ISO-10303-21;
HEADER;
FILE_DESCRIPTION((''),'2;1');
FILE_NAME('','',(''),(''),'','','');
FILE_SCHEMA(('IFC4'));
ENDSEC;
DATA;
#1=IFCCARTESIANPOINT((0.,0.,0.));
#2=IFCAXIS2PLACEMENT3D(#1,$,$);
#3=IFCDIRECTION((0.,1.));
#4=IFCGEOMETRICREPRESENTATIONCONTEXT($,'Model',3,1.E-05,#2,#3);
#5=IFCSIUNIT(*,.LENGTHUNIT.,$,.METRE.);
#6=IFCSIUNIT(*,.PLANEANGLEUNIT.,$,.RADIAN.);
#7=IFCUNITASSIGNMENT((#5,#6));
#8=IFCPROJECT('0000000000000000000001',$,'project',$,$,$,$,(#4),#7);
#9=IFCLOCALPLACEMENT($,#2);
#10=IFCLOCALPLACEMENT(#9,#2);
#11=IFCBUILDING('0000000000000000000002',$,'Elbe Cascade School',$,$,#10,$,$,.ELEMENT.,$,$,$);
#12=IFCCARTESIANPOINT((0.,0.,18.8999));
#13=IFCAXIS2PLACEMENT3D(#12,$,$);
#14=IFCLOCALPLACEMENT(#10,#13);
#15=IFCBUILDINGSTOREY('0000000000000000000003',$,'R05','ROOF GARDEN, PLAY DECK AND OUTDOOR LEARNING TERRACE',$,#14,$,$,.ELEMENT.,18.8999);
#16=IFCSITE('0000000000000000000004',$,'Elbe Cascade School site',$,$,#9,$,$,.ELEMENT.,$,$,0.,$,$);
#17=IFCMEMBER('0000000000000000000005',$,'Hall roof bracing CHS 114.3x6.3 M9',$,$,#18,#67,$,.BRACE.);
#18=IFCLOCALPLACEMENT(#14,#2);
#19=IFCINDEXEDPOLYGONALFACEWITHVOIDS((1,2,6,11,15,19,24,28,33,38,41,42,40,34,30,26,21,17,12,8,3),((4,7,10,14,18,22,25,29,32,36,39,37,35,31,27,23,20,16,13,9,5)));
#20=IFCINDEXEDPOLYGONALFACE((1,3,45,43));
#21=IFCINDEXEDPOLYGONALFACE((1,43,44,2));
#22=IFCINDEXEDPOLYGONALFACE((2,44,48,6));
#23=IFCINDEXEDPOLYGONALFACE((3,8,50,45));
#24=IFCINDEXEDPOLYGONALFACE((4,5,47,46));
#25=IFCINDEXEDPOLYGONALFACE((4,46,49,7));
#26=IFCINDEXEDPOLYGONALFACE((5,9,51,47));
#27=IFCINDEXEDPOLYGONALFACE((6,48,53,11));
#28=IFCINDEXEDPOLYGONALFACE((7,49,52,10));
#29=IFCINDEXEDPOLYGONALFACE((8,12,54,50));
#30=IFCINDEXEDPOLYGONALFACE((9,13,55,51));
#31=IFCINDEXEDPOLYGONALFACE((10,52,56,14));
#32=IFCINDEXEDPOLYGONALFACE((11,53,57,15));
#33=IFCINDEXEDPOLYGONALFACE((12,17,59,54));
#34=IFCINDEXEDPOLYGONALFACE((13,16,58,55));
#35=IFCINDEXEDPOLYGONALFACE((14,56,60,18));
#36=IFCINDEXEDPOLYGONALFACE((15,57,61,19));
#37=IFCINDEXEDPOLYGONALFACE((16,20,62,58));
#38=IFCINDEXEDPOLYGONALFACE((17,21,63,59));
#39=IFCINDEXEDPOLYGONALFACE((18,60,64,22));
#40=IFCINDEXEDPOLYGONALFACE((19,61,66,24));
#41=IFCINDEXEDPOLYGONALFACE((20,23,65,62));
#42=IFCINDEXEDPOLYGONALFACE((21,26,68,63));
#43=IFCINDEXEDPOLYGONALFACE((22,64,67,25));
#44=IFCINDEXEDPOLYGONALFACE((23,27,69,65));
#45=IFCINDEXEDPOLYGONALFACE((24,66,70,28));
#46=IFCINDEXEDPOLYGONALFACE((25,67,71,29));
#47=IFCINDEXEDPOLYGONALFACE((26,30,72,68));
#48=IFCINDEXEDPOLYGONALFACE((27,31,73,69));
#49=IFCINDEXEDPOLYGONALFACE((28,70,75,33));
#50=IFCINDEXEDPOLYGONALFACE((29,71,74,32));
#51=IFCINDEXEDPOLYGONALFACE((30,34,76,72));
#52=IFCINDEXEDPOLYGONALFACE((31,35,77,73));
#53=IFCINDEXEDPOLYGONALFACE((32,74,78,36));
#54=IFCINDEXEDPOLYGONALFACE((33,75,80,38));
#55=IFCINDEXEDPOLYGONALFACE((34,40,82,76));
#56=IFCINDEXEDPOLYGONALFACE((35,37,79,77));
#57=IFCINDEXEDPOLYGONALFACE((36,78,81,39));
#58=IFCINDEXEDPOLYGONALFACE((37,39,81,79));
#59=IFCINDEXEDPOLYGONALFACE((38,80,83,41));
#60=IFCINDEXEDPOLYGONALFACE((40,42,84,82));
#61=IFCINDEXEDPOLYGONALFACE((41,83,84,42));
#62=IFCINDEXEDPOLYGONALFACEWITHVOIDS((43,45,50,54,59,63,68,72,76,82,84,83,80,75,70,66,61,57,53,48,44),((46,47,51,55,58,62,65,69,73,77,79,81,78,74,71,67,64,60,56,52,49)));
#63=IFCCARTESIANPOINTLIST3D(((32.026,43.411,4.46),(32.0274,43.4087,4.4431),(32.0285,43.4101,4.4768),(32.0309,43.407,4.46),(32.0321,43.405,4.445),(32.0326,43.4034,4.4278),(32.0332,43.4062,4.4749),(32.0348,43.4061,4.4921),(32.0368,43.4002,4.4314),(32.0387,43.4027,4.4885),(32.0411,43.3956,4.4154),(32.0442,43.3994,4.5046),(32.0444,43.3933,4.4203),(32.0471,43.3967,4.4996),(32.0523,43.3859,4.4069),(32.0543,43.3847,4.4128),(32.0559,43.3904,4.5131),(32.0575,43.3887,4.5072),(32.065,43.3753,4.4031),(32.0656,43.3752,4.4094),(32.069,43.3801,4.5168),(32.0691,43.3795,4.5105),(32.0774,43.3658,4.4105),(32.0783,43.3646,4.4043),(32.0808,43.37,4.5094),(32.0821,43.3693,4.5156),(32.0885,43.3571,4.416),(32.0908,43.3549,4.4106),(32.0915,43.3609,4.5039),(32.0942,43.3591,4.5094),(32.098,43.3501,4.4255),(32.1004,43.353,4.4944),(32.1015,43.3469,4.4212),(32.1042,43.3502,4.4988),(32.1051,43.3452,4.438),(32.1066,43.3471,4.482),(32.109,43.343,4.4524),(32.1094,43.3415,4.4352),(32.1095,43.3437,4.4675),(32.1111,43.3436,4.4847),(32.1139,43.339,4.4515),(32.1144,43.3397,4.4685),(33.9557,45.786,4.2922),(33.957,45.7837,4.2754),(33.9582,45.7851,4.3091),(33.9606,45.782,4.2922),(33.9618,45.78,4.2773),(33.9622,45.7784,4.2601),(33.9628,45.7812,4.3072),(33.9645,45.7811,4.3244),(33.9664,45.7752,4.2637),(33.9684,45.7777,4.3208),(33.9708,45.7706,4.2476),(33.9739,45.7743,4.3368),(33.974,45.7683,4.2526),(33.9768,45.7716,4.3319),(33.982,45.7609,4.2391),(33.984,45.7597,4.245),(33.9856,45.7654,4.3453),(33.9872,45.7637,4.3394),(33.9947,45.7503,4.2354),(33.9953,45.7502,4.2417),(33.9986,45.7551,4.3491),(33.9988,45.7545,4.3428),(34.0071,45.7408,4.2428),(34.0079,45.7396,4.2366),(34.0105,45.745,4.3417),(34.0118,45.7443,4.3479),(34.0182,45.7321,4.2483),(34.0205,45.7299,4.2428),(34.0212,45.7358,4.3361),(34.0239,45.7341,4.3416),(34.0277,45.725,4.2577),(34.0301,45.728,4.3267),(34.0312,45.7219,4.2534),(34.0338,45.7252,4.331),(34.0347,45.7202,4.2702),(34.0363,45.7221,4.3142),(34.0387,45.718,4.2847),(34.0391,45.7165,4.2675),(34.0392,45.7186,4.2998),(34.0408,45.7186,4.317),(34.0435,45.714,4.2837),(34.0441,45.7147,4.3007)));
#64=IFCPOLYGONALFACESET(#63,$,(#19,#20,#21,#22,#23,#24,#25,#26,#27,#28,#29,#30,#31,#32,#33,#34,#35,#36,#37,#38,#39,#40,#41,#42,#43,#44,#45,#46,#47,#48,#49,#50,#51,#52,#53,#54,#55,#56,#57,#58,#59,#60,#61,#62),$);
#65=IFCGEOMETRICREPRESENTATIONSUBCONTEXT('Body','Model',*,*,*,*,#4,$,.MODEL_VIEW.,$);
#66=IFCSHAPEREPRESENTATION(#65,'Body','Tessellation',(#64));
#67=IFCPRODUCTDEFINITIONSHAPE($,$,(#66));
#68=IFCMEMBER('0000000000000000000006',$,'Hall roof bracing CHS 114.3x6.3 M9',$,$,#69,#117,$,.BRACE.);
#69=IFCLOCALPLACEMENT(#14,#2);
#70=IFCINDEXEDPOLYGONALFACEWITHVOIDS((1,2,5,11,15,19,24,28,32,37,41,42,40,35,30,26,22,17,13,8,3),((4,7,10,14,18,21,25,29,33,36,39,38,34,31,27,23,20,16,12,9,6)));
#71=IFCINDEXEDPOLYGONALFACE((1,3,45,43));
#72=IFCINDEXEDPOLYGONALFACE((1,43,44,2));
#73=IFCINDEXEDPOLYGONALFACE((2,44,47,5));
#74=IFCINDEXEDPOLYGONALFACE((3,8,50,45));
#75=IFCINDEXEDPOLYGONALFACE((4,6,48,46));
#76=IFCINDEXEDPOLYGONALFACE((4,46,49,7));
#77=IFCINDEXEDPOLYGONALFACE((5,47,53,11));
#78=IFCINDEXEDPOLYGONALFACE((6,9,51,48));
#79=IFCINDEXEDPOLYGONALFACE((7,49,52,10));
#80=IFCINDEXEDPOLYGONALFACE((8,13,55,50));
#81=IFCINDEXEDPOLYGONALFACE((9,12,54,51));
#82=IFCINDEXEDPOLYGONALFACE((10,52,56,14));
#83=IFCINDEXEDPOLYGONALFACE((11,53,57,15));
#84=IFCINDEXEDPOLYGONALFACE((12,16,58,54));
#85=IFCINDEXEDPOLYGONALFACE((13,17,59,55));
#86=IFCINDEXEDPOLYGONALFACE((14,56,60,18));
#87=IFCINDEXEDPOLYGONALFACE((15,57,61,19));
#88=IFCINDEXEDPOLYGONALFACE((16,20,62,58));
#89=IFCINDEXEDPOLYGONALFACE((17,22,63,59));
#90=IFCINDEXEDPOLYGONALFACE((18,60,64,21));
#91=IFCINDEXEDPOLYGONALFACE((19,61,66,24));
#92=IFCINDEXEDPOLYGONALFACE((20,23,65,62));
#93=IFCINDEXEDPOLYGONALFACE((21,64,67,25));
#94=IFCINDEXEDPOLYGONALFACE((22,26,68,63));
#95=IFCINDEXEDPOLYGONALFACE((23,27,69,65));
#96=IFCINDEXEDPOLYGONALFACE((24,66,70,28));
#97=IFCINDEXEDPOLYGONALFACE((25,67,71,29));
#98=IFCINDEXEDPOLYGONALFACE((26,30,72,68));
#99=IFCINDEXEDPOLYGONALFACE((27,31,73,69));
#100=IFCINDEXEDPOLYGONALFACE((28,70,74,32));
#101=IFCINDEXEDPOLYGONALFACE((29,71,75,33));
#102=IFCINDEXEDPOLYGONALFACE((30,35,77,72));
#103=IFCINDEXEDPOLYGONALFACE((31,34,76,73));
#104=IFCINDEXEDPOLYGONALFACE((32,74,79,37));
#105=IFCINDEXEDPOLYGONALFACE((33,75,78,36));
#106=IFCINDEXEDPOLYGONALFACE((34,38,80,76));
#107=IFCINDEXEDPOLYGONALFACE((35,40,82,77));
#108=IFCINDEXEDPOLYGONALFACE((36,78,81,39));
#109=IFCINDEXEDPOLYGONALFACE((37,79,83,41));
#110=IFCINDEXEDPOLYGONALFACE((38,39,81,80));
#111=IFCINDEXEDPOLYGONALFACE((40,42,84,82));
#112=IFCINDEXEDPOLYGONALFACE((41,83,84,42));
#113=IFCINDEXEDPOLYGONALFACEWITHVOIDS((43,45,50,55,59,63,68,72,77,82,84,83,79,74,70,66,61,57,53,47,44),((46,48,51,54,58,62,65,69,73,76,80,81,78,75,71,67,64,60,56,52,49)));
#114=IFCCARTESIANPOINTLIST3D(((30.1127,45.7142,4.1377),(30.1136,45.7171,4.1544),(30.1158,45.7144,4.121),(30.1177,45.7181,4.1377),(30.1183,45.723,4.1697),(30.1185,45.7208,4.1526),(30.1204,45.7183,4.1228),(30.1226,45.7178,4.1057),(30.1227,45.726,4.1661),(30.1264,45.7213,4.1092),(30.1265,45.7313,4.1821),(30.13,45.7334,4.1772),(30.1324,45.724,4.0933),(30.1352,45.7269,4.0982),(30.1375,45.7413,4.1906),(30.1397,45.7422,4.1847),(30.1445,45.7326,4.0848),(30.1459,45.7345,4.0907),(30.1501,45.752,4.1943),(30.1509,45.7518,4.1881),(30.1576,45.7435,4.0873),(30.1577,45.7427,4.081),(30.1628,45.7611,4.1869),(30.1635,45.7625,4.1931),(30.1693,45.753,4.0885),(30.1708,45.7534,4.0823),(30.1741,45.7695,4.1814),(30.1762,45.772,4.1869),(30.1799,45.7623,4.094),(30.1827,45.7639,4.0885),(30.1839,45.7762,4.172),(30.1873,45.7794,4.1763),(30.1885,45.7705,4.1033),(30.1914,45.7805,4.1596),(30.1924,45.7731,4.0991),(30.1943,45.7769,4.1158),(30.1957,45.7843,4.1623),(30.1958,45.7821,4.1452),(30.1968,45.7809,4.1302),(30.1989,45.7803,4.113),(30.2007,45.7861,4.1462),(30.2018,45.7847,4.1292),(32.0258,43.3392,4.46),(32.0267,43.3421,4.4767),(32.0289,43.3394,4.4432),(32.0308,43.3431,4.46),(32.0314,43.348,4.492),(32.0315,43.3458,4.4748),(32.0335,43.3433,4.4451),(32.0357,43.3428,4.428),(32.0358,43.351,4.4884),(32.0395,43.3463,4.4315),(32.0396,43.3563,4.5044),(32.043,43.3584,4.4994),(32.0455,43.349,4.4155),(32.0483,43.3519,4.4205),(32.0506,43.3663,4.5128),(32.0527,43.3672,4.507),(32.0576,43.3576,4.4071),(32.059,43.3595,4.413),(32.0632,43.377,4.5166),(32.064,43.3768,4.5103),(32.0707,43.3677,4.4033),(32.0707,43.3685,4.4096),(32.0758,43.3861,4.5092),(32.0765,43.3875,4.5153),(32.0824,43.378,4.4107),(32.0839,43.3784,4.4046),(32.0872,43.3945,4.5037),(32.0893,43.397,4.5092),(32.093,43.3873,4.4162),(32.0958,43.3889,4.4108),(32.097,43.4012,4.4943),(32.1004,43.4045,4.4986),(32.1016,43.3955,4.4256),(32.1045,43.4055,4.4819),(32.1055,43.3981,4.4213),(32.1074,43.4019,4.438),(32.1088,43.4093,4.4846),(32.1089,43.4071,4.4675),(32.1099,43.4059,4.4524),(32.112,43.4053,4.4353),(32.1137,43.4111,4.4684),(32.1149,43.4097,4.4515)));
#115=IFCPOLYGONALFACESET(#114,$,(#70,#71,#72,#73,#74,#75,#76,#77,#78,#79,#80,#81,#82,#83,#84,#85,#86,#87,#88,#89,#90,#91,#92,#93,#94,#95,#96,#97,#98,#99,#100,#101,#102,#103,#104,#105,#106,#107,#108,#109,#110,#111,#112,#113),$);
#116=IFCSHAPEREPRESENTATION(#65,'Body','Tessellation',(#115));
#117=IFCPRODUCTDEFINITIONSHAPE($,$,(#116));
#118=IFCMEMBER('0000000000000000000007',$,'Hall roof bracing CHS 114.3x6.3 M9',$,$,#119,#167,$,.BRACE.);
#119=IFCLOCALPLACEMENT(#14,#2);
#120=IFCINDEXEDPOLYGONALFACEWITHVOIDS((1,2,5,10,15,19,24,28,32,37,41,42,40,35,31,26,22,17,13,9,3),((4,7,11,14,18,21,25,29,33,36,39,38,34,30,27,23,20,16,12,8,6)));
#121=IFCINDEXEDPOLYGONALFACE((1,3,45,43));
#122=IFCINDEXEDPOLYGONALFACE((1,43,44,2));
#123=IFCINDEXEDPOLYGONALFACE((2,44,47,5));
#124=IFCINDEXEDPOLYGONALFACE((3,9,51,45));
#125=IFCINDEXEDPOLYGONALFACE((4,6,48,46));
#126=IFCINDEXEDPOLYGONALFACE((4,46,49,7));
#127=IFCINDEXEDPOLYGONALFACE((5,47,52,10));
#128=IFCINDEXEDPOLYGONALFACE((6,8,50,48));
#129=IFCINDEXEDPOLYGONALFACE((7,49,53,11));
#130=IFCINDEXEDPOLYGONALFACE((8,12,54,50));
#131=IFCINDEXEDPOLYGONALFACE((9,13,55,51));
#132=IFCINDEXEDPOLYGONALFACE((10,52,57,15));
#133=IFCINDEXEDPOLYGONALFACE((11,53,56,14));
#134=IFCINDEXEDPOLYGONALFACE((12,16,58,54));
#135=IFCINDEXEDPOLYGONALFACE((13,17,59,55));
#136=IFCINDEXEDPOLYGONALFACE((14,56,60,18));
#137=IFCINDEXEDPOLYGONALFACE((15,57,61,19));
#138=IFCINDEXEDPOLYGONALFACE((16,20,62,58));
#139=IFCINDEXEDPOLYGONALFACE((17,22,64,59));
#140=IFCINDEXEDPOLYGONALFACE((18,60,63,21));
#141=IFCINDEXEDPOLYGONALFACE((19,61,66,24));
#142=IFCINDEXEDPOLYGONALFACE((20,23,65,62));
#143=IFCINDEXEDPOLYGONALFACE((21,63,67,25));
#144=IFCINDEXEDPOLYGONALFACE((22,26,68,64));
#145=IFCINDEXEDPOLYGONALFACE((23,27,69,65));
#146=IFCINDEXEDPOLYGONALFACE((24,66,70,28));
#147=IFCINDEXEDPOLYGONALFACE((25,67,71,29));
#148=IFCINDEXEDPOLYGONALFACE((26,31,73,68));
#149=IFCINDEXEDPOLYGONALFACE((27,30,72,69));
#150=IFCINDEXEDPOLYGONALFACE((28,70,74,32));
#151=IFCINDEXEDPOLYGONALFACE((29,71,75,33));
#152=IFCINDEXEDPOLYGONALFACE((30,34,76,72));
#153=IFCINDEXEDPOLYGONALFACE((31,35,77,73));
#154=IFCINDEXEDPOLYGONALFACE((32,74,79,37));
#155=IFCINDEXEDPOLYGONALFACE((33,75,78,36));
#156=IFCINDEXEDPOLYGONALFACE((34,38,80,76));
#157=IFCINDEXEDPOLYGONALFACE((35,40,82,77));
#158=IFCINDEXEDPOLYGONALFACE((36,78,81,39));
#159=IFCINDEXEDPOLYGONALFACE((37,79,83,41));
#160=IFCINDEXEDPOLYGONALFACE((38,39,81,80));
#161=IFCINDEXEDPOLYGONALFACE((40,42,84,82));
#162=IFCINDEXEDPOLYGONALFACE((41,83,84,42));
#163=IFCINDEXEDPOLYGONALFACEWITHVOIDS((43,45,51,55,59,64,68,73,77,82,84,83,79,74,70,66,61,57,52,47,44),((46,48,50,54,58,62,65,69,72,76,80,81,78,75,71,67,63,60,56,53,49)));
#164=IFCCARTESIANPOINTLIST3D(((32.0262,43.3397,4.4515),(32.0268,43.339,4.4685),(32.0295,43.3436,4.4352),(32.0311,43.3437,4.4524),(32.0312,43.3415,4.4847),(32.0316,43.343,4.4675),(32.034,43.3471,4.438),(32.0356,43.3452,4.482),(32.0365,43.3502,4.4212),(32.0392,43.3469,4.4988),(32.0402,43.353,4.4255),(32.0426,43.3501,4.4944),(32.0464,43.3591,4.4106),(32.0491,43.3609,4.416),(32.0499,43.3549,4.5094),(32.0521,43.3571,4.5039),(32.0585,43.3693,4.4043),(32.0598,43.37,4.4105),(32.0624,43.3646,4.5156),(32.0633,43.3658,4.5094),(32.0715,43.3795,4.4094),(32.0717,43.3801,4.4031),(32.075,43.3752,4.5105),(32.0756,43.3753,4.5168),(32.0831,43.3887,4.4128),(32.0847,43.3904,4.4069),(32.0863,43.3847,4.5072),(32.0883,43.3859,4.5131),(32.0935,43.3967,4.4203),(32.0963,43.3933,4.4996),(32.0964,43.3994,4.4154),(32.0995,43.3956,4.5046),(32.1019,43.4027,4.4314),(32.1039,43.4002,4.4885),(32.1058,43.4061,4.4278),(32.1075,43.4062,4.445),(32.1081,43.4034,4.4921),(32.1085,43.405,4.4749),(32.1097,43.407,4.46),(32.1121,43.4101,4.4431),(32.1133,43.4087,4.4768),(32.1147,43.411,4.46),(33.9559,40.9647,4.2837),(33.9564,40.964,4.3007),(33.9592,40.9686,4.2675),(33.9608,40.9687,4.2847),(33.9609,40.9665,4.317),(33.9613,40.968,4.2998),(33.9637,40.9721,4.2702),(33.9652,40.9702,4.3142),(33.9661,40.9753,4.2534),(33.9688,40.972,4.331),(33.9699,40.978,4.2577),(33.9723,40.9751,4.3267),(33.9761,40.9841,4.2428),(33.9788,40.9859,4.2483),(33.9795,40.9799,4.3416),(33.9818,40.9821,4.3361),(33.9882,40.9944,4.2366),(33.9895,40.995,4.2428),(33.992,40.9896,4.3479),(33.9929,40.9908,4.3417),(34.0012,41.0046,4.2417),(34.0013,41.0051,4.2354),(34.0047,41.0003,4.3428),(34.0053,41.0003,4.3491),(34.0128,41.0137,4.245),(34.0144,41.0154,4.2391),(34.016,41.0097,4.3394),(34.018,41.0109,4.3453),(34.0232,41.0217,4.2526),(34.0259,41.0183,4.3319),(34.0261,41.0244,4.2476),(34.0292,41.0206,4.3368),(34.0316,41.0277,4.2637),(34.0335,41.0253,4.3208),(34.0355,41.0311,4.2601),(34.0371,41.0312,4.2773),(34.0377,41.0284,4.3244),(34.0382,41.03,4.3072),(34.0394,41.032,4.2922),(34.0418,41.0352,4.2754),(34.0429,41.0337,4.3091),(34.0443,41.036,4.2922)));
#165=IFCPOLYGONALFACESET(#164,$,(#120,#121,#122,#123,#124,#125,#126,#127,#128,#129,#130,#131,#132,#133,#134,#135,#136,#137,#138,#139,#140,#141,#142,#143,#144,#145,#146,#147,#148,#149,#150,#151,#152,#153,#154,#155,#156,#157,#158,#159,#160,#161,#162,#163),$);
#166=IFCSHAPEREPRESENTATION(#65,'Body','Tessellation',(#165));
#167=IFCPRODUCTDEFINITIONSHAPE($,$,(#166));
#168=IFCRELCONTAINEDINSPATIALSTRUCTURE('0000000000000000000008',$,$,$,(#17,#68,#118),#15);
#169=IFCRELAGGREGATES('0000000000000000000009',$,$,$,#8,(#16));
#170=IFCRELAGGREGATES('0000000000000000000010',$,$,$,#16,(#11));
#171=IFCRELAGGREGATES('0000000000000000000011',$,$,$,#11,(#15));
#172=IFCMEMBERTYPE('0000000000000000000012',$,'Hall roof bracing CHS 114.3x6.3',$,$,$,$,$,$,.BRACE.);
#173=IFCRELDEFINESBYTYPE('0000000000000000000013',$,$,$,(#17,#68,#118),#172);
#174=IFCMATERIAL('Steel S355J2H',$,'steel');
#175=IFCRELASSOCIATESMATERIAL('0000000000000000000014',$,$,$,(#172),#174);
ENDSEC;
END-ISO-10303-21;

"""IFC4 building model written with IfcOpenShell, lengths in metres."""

from ifc_helpers import new_model, si_unit, direction, frame, origin, origin_2d, place, context, subcontext, project, spatial, hollow_circle, extrude, material, material_profile, profile_set, type_object, element, save


model = new_model("IFC4")

# Units and contexts
model_context = context("Model", 3, precision=1e-05, world=origin(), true_north=direction((0.0, 1.0)))
body_context = subcontext(model_context, "Body", "Model", "MODEL_VIEW")
ifc_project = project(units=[si_unit("LENGTHUNIT", "METRE"), si_unit("PLANEANGLEUNIT", "RADIAN")], contexts=[model_context])

# Site, building, storey
site_placement = place(None, origin())
site = spatial("IfcSite", under=ifc_project, at=site_placement, Name="Elbe Cascade School site", CompositionType="ELEMENT", RefElevation=0.0)
building_placement = place(site_placement, origin())
building = spatial("IfcBuilding", under=site, at=building_placement, Name="Elbe Cascade School", CompositionType="ELEMENT")
storey_placement = place(building_placement, frame((0.0, 0.0, 18.8999)))
storey = spatial("IfcBuildingStorey", under=building, at=storey_placement, Name="R05", Description="ROOF GARDEN, PLAY DECK AND OUTDOOR LEARNING TERRACE", CompositionType="ELEMENT", Elevation=18.8999)

# Members
ifc_material_1 = material(Name="Steel S355J2H", Category="steel")
ifc_material_profile_1 = material_profile(ifc_material_1, hollow_circle(Radius=0.0571, WallThickness=0.0063, at=origin_2d()), Name="CHS 114.3x6.3")
ifc_profile_set_1 = profile_set([ifc_material_profile_1], Name="Steel S355J2H")
member_type_1 = type_object("IfcMemberType", Name="Hall roof bracing CHS 114.3x6.3", PredefinedType="BRACE", material=ifc_profile_set_1)
member_1_placement = place(storey_placement, frame((32.0703, 43.375, 4.46), z_axis=(0.629648, 0.774951, -0.054728), x_axis=(-0.776114, 0.630593, 0.0)))
element("IfcMember", 1, at=member_1_placement, inside=storey, type_object=member_type_1, Name="Hall roof bracing CHS 114.3x6.3 M9", PredefinedType="BRACE", context=body_context, shape_type="SweptSolid", body=[
    extrude(hollow_circle(Radius=0.0571, WallThickness=0.0063, at=origin_2d()), origin(), (0.0, 0.0, 1.0), 3.0647),
])
member_2_placement = place(storey_placement, frame((32.0703, 43.375, 4.46), z_axis=(-0.623835, 0.774459, -0.105087), x_axis=(-0.778771, -0.627308, 0.0)))
element("IfcMember", 2, at=member_2_placement, inside=storey, type_object=member_type_1, Name="Hall roof bracing CHS 114.3x6.3 M9", PredefinedType="BRACE", context=body_context, shape_type="SweptSolid", body=[
    extrude(hollow_circle(Radius=0.0571, WallThickness=0.0063, at=origin_2d()), origin(), (0.0, 0.0, 1.0), 3.0667),
])
member_3_placement = place(storey_placement, frame((32.0703, 43.375, 4.46), z_axis=(0.629648, -0.774951, -0.054728), x_axis=(0.776114, 0.630593, 0.0)))
element("IfcMember", 3, at=member_3_placement, inside=storey, type_object=member_type_1, Name="Hall roof bracing CHS 114.3x6.3 M9", PredefinedType="BRACE", context=body_context, shape_type="SweptSolid", body=[
    extrude(hollow_circle(Radius=0.0571, WallThickness=0.0063, at=origin_2d()), origin(), (0.0, 0.0, 1.0), 3.0647),
])

save(model, "model.ifc")
